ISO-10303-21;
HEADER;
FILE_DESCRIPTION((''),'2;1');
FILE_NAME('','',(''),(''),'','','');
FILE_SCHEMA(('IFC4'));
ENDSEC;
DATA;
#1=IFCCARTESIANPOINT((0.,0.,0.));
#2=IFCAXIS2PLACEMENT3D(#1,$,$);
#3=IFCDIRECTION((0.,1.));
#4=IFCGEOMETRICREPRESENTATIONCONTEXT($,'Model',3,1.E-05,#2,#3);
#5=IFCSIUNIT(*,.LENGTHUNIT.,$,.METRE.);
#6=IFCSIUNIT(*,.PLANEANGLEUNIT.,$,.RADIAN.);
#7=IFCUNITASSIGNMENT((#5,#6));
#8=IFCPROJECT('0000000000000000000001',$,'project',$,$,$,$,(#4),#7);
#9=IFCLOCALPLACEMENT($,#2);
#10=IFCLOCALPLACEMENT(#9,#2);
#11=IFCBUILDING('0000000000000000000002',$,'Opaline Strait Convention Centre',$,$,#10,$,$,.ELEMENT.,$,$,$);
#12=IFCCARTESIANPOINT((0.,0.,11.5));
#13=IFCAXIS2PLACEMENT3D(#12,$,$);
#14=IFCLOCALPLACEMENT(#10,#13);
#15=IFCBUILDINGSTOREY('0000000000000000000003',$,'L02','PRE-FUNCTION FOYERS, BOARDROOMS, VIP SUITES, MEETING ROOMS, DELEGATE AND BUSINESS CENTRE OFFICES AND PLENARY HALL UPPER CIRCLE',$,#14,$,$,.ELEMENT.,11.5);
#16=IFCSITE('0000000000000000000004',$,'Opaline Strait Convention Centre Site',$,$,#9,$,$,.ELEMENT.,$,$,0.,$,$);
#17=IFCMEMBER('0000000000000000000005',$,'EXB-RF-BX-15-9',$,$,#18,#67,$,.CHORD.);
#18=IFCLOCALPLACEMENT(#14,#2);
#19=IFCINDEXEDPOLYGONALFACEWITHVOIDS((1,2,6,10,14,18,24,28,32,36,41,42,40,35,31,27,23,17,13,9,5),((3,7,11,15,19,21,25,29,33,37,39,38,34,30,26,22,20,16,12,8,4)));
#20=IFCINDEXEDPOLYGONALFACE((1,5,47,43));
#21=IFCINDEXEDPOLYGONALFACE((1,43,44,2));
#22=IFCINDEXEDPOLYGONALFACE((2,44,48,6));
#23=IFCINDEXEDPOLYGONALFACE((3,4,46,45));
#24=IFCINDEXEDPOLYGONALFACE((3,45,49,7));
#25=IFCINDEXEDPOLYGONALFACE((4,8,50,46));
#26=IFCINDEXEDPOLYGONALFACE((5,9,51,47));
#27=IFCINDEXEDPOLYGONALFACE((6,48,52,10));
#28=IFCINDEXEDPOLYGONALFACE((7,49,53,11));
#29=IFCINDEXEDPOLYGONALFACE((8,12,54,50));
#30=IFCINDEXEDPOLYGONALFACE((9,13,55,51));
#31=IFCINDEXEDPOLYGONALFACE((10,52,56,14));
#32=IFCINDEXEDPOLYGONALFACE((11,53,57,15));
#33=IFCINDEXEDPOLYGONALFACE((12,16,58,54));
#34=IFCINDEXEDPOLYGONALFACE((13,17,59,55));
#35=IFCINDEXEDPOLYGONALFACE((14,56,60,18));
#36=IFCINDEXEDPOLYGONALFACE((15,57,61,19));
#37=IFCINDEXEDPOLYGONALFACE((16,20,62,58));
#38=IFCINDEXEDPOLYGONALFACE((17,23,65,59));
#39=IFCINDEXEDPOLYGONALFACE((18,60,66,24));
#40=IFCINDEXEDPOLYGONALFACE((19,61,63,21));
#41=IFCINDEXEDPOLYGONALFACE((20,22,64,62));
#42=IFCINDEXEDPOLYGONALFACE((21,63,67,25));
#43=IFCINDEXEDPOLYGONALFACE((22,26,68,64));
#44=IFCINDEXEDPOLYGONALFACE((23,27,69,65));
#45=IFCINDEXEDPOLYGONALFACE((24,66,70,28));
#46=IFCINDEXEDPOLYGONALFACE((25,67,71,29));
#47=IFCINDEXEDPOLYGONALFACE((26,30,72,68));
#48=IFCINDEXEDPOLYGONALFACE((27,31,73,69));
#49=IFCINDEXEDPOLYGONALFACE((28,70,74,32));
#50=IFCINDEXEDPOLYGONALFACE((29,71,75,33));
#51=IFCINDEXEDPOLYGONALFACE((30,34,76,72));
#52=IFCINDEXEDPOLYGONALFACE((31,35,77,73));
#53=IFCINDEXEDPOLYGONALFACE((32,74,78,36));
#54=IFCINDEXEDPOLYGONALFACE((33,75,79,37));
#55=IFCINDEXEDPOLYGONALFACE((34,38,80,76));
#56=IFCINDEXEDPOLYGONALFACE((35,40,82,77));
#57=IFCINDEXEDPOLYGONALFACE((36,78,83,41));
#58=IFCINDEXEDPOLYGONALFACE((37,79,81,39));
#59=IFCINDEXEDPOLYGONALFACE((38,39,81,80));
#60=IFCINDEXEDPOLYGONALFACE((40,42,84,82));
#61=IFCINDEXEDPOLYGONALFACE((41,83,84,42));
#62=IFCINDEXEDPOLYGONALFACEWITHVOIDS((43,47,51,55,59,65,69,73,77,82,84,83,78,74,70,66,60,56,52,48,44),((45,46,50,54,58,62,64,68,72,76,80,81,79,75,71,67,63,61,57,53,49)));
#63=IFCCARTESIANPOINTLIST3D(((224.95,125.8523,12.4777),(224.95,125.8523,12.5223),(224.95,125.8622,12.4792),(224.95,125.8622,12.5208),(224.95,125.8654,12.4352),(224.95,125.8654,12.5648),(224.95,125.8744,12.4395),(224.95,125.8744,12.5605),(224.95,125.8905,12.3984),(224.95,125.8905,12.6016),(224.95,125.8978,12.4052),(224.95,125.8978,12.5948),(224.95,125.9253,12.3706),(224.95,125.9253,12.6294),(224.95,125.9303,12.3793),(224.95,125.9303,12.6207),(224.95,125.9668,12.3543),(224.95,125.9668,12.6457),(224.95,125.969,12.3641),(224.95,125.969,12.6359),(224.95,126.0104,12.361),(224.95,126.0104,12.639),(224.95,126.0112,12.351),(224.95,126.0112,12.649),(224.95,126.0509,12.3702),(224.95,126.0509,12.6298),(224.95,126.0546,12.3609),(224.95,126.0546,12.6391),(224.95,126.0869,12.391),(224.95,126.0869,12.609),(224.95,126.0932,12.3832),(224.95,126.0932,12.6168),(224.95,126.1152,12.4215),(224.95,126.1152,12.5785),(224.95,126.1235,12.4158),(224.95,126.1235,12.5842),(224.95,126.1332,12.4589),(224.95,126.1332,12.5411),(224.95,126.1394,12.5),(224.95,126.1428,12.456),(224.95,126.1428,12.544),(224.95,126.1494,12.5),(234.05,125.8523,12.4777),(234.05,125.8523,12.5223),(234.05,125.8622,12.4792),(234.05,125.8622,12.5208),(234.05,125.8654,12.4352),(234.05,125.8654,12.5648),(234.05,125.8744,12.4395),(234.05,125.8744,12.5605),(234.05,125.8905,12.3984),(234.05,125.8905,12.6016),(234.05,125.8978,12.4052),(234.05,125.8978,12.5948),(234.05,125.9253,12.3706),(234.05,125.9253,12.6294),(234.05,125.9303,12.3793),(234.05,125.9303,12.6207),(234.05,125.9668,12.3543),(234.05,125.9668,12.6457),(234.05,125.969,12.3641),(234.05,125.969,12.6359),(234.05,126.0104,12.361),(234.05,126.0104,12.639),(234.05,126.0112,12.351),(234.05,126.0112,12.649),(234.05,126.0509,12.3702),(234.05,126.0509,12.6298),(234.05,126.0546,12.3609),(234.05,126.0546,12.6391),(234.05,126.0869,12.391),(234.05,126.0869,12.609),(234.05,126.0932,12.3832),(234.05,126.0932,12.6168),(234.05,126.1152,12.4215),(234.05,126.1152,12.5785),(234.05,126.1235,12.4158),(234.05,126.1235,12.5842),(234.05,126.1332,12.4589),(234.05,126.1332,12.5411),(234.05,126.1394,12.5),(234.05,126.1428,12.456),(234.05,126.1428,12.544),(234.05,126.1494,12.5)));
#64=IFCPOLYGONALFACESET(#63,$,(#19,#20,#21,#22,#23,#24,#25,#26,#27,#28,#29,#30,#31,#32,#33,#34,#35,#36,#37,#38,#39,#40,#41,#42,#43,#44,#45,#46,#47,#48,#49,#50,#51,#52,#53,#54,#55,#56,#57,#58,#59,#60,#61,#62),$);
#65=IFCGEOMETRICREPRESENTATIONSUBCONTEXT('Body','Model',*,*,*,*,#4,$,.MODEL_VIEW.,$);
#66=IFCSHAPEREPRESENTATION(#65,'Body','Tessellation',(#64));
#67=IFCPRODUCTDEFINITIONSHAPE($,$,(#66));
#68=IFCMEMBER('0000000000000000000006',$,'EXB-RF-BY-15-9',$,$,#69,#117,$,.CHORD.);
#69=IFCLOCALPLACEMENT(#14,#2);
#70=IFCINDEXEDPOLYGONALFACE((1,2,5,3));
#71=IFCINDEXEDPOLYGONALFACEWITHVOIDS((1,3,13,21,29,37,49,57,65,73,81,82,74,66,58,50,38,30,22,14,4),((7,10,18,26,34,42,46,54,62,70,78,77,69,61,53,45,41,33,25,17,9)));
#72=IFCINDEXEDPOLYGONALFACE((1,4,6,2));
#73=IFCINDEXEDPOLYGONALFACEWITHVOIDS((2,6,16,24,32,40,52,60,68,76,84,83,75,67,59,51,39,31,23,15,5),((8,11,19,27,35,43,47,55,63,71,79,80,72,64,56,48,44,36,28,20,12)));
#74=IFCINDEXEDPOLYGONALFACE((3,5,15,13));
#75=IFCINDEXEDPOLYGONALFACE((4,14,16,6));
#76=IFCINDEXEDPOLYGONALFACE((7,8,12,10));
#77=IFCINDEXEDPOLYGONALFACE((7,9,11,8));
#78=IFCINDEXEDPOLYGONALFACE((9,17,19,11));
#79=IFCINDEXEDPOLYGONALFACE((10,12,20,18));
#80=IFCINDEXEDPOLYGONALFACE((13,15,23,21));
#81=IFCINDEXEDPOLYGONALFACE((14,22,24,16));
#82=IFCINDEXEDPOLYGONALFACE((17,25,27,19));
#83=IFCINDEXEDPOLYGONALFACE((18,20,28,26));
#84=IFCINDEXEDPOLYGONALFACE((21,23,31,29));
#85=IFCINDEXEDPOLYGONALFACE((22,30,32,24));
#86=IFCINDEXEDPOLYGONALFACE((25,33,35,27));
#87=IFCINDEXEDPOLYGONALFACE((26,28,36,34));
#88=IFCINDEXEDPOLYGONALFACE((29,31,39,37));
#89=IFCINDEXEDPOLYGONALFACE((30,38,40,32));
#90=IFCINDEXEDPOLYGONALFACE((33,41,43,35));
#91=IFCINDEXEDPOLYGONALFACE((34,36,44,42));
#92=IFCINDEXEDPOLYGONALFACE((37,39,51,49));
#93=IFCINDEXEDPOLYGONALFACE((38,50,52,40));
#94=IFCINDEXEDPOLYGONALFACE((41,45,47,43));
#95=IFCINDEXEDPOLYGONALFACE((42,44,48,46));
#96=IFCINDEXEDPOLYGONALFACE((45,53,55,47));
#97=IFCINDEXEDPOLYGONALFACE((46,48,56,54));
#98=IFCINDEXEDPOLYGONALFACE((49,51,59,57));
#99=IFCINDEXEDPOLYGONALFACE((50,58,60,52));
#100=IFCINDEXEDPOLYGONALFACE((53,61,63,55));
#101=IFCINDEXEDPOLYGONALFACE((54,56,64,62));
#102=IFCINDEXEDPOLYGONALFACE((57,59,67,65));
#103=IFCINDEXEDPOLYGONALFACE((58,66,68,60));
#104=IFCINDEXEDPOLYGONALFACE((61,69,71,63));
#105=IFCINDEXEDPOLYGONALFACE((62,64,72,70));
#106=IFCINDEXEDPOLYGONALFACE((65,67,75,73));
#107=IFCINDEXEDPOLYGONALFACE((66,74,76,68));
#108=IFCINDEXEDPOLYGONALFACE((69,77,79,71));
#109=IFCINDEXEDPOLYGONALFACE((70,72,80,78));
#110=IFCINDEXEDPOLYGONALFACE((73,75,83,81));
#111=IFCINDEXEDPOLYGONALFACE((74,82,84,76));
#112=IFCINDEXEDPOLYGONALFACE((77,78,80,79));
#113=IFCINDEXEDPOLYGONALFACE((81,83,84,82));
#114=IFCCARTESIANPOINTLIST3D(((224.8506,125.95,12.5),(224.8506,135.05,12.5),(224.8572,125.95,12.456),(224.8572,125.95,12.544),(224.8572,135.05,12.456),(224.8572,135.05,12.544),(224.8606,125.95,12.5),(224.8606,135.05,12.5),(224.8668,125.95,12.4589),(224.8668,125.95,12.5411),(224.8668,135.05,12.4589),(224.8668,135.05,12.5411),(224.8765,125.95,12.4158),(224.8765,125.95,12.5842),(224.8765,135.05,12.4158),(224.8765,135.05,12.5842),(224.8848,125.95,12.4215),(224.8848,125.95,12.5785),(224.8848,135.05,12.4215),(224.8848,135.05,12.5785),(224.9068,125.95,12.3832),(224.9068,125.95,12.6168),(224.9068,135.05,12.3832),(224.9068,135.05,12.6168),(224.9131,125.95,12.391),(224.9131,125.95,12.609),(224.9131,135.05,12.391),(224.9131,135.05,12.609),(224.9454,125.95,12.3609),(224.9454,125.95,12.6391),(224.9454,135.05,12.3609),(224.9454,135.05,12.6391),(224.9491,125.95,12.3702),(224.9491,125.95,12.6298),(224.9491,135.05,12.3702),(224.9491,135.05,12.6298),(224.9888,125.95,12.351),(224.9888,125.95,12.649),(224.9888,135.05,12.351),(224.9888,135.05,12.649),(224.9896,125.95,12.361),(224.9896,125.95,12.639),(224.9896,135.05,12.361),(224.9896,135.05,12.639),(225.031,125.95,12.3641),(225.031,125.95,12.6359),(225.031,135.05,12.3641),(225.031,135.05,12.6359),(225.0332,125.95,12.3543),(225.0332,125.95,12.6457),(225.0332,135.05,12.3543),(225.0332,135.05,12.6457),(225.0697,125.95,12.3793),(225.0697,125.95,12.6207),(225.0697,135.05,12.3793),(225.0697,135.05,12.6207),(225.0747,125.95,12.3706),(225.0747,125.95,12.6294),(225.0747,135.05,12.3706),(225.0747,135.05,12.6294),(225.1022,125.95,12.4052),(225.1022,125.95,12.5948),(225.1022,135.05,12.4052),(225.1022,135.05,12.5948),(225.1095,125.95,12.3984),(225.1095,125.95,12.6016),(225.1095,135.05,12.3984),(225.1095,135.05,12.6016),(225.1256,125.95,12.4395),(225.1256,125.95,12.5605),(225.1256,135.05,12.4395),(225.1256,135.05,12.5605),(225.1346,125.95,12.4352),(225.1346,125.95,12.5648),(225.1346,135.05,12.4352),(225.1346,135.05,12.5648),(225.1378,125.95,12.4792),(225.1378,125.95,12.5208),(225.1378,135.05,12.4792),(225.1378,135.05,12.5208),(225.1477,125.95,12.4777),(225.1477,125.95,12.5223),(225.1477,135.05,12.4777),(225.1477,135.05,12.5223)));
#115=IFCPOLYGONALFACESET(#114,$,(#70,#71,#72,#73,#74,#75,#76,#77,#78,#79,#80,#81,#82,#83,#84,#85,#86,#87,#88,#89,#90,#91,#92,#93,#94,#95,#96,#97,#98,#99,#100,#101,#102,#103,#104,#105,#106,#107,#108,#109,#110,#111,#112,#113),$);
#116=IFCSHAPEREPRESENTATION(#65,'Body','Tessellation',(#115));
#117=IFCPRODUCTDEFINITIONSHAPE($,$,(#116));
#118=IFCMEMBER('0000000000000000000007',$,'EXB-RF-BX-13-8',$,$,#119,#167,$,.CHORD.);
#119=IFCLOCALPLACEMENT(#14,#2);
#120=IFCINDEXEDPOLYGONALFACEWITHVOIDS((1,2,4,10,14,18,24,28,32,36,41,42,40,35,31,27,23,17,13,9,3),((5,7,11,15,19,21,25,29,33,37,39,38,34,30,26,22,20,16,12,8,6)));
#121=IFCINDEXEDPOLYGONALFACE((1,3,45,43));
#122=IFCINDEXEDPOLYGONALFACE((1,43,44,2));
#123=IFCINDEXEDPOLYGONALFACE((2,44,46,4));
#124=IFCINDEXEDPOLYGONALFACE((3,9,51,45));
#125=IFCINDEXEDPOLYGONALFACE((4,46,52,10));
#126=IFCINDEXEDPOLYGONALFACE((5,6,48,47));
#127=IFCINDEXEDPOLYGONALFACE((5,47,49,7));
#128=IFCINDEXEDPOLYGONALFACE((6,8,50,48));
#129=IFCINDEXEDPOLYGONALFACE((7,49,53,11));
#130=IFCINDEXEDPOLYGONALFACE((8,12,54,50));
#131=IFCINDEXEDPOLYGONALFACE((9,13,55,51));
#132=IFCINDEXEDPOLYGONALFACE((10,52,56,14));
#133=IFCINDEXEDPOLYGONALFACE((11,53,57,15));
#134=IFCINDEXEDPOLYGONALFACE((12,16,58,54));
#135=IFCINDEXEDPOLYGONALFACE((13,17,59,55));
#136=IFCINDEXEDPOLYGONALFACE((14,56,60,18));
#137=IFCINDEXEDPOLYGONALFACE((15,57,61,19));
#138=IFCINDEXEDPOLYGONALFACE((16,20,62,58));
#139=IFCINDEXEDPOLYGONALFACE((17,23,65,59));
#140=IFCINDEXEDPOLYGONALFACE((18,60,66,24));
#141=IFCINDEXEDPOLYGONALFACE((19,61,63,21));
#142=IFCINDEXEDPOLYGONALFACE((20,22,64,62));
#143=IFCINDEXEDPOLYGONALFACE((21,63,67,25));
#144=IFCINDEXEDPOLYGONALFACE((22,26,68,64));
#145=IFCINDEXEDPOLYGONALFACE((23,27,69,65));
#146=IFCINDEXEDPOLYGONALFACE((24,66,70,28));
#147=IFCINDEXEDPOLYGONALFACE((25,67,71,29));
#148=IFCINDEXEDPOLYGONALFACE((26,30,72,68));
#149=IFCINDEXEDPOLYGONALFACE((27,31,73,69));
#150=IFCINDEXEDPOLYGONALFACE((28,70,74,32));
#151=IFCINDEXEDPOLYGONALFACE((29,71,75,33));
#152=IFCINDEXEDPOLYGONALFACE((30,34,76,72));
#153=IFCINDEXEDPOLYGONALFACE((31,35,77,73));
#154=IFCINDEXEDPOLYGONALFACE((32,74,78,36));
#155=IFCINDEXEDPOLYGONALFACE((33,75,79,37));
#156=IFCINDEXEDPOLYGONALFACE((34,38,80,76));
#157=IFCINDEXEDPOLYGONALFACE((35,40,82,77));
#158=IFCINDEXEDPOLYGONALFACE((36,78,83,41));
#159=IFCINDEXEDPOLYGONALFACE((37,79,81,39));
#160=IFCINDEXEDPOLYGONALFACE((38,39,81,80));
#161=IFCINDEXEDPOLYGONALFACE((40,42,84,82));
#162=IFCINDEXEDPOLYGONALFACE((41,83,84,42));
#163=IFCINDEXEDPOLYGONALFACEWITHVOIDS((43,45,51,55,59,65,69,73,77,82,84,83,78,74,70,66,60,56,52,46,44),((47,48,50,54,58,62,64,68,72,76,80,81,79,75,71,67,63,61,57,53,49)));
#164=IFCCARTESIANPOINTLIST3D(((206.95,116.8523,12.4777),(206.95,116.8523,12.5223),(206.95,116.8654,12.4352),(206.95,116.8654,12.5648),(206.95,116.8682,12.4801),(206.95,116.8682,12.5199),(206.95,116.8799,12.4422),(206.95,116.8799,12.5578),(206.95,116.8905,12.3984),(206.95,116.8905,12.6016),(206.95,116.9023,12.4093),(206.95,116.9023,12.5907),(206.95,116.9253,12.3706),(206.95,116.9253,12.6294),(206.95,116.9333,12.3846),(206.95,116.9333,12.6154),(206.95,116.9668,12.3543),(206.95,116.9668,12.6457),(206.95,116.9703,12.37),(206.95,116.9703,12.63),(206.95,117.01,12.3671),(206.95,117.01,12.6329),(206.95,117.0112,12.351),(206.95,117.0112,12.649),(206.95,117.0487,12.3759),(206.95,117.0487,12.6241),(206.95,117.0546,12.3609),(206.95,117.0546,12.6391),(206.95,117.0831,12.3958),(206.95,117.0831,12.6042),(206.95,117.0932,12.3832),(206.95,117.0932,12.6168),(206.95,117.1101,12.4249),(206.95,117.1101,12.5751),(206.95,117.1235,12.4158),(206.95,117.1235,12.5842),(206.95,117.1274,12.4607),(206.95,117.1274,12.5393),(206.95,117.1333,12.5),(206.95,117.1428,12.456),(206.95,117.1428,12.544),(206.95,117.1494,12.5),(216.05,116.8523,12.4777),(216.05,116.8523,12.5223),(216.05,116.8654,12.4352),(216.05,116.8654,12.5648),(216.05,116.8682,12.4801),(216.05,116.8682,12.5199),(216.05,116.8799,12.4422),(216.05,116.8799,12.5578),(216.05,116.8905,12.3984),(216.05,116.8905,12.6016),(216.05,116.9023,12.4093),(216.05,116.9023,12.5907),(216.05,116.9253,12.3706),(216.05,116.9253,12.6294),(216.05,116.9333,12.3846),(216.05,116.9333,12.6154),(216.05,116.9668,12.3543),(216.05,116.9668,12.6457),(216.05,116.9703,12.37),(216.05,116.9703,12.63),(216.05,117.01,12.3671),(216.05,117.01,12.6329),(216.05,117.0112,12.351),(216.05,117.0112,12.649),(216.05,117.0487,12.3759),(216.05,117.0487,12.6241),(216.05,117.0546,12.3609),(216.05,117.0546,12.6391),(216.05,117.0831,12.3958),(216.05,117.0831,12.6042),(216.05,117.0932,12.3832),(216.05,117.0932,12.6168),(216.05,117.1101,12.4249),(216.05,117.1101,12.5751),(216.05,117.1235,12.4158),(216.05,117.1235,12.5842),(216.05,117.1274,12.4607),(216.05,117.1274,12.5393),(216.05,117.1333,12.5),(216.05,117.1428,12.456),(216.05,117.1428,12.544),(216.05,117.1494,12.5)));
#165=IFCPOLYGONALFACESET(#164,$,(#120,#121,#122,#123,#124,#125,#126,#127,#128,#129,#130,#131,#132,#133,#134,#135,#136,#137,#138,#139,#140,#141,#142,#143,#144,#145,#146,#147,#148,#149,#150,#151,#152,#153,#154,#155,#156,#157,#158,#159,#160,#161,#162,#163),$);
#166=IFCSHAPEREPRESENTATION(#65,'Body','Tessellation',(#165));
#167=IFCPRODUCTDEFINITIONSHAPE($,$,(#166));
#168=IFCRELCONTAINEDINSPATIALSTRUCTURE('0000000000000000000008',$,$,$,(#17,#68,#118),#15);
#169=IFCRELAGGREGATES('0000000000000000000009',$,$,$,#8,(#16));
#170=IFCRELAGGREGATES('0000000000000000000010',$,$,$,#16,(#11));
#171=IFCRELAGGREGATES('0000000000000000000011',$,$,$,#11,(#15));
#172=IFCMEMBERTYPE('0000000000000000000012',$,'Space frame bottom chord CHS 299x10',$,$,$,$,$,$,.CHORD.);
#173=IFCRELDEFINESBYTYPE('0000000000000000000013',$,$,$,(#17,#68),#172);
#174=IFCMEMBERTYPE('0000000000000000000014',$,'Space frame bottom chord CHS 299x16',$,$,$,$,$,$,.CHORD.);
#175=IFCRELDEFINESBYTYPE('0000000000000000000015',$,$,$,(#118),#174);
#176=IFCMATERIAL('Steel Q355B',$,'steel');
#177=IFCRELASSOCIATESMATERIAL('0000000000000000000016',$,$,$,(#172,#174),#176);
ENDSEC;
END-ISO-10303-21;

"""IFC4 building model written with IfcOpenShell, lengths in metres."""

from ifc_helpers import new_model, si_unit, direction, frame, origin, origin_2d, place, context, subcontext, project, spatial, hollow_circle, extrude, material, material_profile, profile_set, type_object, element, save


model = new_model("IFC4")

# Units and contexts
model_context = context("Model", 3, precision=1e-05, world=origin(), true_north=direction((0.0, 1.0)))
body_context = subcontext(model_context, "Body", "Model", "MODEL_VIEW")
ifc_project = project(units=[si_unit("LENGTHUNIT", "METRE"), si_unit("PLANEANGLEUNIT", "RADIAN")], contexts=[model_context])

# Site, building, storey
site_placement = place(None, origin())
site = spatial("IfcSite", under=ifc_project, at=site_placement, Name="Opaline Strait Convention Centre Site", CompositionType="ELEMENT", RefElevation=0.0)
building_placement = place(site_placement, origin())
building = spatial("IfcBuilding", under=site, at=building_placement, Name="Opaline Strait Convention Centre", CompositionType="ELEMENT")
storey_placement = place(building_placement, frame((0.0, 0.0, 11.5)))
storey = spatial("IfcBuildingStorey", under=building, at=storey_placement, Name="L02", Description="PRE-FUNCTION FOYERS, BOARDROOMS, VIP SUITES, MEETING ROOMS, DELEGATE AND BUSINESS CENTRE OFFICES AND PLENARY HALL UPPER CIRCLE", CompositionType="ELEMENT", Elevation=11.5)

# Members
ifc_material_1 = material(Name="Steel Q355B", Category="steel")
ifc_material_profile_1 = material_profile(ifc_material_1, hollow_circle(Radius=0.1494, WallThickness=0.01, at=origin_2d()), Name="CHS 299x10")
ifc_profile_set_1 = profile_set([ifc_material_profile_1], Name="Steel Q355B")
member_type_1 = type_object("IfcMemberType", Name="Space frame bottom chord CHS 299x10", PredefinedType="CHORD", material=ifc_profile_set_1)
for number, where, z_axis, x_axis, name in (
    (1, (224.95, 126.0, 12.5), (1.0, 0.0, 0.0), (0.0, 1.0, 0.0), "EXB-RF-BX-15-9"),
    (2, (225.0, 125.95, 12.5), (0.0, 1.0, 0.0), (-1.0, 0.0, 0.0), "EXB-RF-BY-15-9"),
):
    element("IfcMember", number, at=place(storey_placement, frame(where, z_axis=z_axis, x_axis=x_axis)), inside=storey, type_object=member_type_1, Name=name, PredefinedType="CHORD", context=body_context, shape_type="SweptSolid", body=[
        extrude(hollow_circle(Radius=0.1494, WallThickness=0.01, at=origin_2d()), origin(), (0.0, 0.0, 1.0), 9.1001),
    ])
ifc_material_profile_2 = material_profile(ifc_material_1, hollow_circle(Radius=0.1494, WallThickness=0.0161, at=origin_2d()), Name="CHS 299x16")
ifc_profile_set_2 = profile_set([ifc_material_profile_2], Name="Steel Q355B")
member_type_2 = type_object("IfcMemberType", Name="Space frame bottom chord CHS 299x16", PredefinedType="CHORD", material=ifc_profile_set_2)
for number, where, z_axis, x_axis, name in (
    (3, (206.95, 117.0, 12.5), (1.0, 0.0, 0.0), (0.0, 1.0, 0.0), "EXB-RF-BX-13-8"),
):
    element("IfcMember", number, at=place(storey_placement, frame(where, z_axis=z_axis, x_axis=x_axis)), inside=storey, type_object=member_type_2, Name=name, PredefinedType="CHORD", context=body_context, shape_type="SweptSolid", body=[
        extrude(hollow_circle(Radius=0.1494, WallThickness=0.0161, at=origin_2d()), origin(), (0.0, 0.0, 1.0), 9.1001),
    ])

save(model, "model.ifc")
